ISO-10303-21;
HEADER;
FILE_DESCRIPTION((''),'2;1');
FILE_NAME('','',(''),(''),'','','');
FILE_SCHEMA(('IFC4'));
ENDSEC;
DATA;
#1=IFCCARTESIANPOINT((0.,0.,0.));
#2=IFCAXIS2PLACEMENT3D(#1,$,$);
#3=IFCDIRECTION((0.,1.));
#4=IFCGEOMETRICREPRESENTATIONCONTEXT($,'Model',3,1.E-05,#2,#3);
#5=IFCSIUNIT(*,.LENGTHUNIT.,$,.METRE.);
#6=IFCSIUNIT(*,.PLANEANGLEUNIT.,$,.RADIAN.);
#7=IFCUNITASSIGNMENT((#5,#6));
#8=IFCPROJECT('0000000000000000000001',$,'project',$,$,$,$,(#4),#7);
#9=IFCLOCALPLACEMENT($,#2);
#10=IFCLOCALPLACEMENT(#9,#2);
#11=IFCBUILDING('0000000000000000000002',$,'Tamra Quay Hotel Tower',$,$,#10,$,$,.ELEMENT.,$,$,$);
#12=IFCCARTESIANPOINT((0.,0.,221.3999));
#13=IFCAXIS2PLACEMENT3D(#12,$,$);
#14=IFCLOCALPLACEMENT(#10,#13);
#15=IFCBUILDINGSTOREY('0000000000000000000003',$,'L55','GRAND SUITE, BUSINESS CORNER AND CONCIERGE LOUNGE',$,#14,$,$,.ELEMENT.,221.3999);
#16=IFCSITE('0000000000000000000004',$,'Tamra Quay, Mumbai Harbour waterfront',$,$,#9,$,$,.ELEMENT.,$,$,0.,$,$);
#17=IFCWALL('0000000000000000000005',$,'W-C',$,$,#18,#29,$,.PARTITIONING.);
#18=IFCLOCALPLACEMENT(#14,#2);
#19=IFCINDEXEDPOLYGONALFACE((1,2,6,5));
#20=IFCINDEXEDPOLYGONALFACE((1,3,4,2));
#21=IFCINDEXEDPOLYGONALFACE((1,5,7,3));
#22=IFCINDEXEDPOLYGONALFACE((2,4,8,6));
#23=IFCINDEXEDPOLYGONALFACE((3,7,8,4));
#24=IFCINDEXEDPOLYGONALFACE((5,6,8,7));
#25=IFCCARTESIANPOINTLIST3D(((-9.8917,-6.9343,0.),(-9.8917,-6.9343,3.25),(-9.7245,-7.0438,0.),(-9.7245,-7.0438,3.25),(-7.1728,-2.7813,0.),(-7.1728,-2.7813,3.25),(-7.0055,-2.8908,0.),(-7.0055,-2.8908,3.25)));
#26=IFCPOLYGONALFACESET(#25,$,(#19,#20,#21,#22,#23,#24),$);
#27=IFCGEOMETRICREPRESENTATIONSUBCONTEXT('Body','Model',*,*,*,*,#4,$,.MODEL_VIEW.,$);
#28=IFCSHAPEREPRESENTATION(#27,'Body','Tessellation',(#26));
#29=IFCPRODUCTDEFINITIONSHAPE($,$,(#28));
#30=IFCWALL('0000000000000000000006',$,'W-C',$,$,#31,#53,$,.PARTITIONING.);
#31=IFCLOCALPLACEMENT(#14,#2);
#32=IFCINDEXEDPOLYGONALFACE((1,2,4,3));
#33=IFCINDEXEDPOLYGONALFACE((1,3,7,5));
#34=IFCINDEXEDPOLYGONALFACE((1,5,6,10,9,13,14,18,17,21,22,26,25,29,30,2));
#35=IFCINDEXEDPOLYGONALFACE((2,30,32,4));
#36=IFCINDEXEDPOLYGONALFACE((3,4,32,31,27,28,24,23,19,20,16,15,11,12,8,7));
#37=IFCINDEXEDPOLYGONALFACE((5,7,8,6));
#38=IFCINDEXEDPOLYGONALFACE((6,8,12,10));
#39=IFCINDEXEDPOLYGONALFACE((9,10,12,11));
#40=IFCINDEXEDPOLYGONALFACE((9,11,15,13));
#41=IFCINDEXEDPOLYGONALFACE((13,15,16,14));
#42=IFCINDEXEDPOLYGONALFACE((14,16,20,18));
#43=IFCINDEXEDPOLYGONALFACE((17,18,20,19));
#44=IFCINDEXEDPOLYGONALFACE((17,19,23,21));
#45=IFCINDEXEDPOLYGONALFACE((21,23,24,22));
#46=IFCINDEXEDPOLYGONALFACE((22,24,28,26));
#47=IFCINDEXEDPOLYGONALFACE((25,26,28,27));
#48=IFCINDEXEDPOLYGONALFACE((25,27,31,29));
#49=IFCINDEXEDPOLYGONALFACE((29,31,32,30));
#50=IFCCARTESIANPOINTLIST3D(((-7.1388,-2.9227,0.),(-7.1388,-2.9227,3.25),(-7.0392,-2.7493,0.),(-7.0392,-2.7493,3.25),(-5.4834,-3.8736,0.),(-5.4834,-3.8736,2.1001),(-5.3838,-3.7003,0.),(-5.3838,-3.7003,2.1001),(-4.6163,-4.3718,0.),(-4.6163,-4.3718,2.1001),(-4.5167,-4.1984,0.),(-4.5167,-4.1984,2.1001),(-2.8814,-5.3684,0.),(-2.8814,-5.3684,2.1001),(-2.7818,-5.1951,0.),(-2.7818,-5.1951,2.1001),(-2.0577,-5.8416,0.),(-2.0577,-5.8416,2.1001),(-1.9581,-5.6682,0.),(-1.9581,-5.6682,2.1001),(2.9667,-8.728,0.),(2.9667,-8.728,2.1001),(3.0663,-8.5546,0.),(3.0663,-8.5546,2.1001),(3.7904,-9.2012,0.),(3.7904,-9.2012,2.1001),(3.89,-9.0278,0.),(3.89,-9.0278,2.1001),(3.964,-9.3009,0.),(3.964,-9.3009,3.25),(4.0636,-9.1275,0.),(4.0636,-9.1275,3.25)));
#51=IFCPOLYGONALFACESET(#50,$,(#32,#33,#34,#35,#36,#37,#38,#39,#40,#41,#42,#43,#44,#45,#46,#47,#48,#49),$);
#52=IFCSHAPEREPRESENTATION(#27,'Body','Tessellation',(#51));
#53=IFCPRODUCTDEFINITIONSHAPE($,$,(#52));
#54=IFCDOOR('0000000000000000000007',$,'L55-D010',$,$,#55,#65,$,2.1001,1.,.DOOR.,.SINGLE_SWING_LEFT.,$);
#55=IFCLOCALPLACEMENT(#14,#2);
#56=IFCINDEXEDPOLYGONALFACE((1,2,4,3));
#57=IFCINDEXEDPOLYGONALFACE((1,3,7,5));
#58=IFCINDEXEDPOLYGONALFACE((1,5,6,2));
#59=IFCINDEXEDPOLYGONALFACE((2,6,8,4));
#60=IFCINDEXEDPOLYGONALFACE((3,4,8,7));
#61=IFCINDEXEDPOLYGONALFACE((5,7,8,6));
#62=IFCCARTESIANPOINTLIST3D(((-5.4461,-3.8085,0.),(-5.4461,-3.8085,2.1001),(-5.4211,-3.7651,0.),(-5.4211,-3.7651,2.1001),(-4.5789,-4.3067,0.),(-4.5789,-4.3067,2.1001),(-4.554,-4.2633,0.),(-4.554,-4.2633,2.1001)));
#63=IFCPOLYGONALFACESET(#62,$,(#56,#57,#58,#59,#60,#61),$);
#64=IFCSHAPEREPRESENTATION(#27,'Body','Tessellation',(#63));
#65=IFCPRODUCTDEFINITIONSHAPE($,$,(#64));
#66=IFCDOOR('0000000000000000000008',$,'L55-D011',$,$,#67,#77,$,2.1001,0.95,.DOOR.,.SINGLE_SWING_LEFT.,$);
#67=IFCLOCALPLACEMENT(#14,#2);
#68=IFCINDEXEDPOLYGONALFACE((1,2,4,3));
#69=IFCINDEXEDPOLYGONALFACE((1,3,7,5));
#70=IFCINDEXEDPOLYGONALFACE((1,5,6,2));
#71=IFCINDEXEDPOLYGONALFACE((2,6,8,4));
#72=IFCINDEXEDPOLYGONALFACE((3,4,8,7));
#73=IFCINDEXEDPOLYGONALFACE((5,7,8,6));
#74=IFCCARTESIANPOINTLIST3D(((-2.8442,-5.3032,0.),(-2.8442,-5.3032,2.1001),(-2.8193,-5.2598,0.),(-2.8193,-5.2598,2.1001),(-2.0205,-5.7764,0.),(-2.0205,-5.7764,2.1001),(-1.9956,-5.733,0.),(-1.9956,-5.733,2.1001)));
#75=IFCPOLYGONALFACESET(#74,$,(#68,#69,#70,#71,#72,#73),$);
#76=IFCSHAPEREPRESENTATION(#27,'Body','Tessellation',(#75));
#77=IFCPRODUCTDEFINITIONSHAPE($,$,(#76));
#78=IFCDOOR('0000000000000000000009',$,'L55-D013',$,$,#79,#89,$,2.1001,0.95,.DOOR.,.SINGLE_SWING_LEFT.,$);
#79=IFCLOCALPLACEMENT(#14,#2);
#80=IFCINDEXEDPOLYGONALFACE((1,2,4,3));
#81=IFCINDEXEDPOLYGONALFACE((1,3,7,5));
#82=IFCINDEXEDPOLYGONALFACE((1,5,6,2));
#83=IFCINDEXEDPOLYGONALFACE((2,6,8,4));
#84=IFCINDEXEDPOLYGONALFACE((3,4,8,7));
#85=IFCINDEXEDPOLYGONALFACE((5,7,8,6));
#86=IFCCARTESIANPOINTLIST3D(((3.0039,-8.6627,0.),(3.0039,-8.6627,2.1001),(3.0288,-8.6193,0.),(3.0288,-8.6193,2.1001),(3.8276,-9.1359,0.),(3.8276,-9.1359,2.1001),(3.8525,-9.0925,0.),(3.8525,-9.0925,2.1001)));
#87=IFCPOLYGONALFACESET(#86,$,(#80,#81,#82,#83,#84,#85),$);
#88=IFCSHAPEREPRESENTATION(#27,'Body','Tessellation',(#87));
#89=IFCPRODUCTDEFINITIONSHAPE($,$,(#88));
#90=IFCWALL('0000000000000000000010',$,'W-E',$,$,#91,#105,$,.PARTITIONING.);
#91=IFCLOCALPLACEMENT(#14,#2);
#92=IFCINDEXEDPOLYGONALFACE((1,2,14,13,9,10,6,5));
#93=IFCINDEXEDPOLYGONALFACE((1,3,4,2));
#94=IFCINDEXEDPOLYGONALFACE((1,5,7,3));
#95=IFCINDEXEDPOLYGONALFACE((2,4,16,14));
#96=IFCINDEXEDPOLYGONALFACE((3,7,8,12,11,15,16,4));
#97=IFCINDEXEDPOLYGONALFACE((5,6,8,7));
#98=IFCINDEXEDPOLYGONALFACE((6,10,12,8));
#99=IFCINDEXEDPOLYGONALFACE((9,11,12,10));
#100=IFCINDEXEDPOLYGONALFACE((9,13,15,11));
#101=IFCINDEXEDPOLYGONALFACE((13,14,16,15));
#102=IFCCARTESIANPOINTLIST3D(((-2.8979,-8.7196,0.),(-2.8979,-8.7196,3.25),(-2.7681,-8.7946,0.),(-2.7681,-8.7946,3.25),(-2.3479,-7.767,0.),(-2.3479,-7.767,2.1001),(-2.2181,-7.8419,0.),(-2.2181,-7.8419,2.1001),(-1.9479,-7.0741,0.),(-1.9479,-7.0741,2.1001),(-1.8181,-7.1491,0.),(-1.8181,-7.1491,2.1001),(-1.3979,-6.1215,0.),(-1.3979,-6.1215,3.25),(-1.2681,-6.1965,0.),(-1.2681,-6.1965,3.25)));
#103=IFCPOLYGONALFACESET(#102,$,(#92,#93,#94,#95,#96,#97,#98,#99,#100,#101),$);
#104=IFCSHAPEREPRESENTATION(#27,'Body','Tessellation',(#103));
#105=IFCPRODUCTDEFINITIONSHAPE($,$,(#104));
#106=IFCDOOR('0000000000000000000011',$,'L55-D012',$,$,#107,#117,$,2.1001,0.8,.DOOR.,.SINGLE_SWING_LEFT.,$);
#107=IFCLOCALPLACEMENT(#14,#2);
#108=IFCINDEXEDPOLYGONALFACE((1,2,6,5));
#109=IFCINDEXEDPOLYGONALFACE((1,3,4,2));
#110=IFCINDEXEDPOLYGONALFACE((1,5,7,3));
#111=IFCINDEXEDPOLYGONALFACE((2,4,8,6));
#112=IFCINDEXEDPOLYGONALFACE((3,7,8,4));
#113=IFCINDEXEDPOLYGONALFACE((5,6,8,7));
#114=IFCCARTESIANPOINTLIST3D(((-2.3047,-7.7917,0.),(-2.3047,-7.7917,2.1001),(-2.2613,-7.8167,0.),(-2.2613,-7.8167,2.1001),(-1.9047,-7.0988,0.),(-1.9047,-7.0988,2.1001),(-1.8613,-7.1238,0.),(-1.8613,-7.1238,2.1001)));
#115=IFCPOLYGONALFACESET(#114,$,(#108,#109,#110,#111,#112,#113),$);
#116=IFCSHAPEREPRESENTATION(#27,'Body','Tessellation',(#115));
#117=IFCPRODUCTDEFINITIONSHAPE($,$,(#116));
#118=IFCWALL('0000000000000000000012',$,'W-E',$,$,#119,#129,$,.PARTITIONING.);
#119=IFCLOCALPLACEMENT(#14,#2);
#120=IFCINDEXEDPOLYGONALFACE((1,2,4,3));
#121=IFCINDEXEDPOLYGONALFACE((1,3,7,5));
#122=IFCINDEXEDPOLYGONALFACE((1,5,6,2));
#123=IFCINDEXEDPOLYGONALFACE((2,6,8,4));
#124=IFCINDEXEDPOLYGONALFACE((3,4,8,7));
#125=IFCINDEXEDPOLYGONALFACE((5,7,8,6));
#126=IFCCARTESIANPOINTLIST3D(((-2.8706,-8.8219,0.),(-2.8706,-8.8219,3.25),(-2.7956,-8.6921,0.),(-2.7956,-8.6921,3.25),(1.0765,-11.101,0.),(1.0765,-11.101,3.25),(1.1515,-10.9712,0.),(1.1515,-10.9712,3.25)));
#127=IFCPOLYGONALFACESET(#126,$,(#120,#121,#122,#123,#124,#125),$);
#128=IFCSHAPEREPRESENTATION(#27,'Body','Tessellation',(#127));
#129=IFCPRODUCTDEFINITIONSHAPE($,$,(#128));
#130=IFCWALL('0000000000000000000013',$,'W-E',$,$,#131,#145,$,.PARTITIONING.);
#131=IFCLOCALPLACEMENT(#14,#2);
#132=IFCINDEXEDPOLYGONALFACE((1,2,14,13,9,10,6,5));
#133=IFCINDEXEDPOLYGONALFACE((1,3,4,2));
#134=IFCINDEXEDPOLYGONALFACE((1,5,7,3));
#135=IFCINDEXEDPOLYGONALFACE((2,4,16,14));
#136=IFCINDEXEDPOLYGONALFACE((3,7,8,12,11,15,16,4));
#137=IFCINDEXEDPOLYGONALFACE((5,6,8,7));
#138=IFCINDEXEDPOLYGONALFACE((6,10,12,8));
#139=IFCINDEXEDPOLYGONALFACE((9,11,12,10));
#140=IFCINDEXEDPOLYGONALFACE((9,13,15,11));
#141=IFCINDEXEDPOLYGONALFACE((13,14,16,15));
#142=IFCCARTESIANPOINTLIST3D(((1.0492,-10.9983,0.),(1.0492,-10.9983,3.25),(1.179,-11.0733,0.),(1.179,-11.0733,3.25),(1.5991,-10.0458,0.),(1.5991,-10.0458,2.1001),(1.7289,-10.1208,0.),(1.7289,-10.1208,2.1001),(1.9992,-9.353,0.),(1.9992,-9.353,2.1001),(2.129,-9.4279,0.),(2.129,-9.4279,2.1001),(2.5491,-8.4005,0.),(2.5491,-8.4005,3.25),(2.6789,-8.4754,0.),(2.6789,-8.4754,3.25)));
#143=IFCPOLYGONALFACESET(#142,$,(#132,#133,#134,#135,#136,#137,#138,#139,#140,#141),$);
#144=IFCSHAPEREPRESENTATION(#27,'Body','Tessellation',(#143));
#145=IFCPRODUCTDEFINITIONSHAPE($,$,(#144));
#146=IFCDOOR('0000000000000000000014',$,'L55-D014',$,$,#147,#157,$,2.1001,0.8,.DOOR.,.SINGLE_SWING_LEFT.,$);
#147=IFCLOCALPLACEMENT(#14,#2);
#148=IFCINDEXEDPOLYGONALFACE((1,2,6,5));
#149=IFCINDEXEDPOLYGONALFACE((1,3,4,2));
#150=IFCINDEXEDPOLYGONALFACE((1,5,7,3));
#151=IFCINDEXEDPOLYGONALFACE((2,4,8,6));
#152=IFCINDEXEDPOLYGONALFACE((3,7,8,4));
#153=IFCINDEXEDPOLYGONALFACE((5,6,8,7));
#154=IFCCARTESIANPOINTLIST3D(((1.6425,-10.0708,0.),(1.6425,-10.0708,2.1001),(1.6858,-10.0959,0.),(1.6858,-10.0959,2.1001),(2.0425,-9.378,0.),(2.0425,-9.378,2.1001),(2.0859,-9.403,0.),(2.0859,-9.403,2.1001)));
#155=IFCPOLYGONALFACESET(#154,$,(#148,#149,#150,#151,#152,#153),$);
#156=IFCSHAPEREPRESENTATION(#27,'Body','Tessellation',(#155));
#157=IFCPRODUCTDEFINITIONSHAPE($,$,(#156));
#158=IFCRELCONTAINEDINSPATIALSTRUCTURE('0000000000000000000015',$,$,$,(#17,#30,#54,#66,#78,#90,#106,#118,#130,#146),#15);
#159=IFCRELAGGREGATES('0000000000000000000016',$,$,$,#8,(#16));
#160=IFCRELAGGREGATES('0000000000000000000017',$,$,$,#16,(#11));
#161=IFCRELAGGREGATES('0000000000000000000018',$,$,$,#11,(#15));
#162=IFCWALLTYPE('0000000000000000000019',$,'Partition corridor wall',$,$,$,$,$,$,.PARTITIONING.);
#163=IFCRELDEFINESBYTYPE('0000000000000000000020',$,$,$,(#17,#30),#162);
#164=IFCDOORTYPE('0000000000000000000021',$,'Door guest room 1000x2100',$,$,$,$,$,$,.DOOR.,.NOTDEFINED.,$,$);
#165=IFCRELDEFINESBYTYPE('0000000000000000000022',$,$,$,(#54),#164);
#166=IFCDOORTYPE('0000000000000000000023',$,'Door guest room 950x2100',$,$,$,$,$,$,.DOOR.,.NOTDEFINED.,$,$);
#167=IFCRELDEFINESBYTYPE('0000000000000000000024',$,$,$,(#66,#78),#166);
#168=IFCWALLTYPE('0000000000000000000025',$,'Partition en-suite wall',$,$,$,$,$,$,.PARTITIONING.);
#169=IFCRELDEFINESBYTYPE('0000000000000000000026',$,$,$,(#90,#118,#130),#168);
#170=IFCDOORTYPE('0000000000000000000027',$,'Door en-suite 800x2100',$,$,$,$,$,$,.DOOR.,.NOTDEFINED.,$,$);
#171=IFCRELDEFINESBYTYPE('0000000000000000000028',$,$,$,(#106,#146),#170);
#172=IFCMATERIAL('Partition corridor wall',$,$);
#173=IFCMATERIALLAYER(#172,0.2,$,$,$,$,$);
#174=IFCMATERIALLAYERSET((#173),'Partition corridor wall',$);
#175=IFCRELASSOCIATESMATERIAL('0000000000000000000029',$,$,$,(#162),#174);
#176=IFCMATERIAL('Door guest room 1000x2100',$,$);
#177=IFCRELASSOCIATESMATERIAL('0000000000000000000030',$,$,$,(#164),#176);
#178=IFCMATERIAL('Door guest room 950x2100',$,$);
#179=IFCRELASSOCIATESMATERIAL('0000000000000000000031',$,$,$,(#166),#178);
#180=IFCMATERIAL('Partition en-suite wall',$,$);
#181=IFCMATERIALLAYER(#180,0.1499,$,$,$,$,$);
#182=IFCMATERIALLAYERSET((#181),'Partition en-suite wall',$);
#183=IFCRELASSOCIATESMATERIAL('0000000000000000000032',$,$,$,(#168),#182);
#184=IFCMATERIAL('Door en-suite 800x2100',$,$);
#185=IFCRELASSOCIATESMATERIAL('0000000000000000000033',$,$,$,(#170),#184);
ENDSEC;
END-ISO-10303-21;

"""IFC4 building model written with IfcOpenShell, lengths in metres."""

from ifc_helpers import new_model, si_unit, direction, frame, frame_2d, origin, place, context, subcontext, project, spatial, rectangle, extrude, material, layer, layer_set, type_object, element, fill, save


model = new_model("IFC4")

# Units and contexts
model_context = context("Model", 3, precision=1e-05, world=origin(), true_north=direction((0.0, 1.0)))
body_context = subcontext(model_context, "Body", "Model", "MODEL_VIEW")
ifc_project = project(units=[si_unit("LENGTHUNIT", "METRE"), si_unit("PLANEANGLEUNIT", "RADIAN")], contexts=[model_context])

# Site, building, storey
site_placement = place(None, origin())
site = spatial("IfcSite", under=ifc_project, at=site_placement, Name="Tamra Quay, Mumbai Harbour waterfront", CompositionType="ELEMENT", RefElevation=0.0)
building_placement = place(site_placement, origin())
building = spatial("IfcBuilding", under=site, at=building_placement, Name="Tamra Quay Hotel Tower", CompositionType="ELEMENT")
storey_placement = place(building_placement, frame((0.0, 0.0, 221.3999)))
storey = spatial("IfcBuildingStorey", under=building, at=storey_placement, Name="L55", Description="GRAND SUITE, BUSINESS CORNER AND CONCIERGE LOUNGE", CompositionType="ELEMENT", Elevation=221.3999)

# Wall
ifc_material_1 = material(Name="Partition corridor wall")
ifc_layer_1 = layer(ifc_material_1, 0.2)
ifc_layer_set_1 = layer_set([ifc_layer_1], Name="Partition corridor wall")
wall_type_1 = type_object("IfcWallType", Name="Partition corridor wall", PredefinedType="PARTITIONING", material=ifc_layer_set_1)
wall_1_placement = place(storey_placement, frame((-9.8081, -6.989, 0.0), z_axis=(0.0, 0.0, 1.0), x_axis=(0.547746, 0.836645, 0.0)))
element("IfcWall", 1, at=wall_1_placement, inside=storey, type_object=wall_type_1, Name="W-C", PredefinedType="PARTITIONING", context=body_context, shape_type="SweptSolid", body=[
    extrude(rectangle(XDim=4.9639, YDim=0.2, at=frame_2d((2.4819, 0.0))), origin(), (0.0, 0.0, 1.0), 3.25),
])

# Wall, openings, doors
wall_2_placement = place(storey_placement, frame((-7.0891, -2.8359, 0.0), z_axis=(0.0, 0.0, 1.0), x_axis=(0.867106, -0.498123, 0.0)))
wall_2 = element("IfcWall", 2, at=wall_2_placement, inside=storey, type_object=wall_type_1, Name="W-C", PredefinedType="PARTITIONING", context=body_context, shape_type="SweptSolid", body=[
    extrude(rectangle(XDim=12.8044, YDim=0.2, at=frame_2d((6.4023, 0.0))), origin(), (0.0, 0.0, 1.0), 3.25),
])
opening_1_placement = place(wall_2_placement, frame((1.9092, 0.0, 0.0)))
opening_1 = element("IfcOpeningElement", 3, at=opening_1_placement, cuts=wall_2, PredefinedType="OPENING", context=body_context, shape_type="SweptSolid", body=[
    extrude(rectangle(XDim=1.0, YDim=2.1001, at=frame_2d((0.5, 1.05))), frame((0.0, 0.1099, 0.0), z_axis=(0.0, -1.0, 0.0), x_axis=(1.0, 0.0, 0.0)), (0.0, 0.0, 1.0), 0.22),
])
opening_2_placement = place(wall_2_placement, frame((4.9099, 0.0, 0.0)))
opening_2 = element("IfcOpeningElement", 4, at=opening_2_placement, cuts=wall_2, PredefinedType="OPENING", context=body_context, shape_type="SweptSolid", body=[
    extrude(rectangle(XDim=0.95, YDim=2.1001, at=frame_2d((0.4751, 1.05))), frame((0.0, 0.1099, 0.0), z_axis=(0.0, -1.0, 0.0), x_axis=(1.0, 0.0, 0.0)), (0.0, 0.0, 1.0), 0.22),
])
opening_3_placement = place(wall_2_placement, frame((11.6543, 0.0, 0.0)))
opening_3 = element("IfcOpeningElement", 5, at=opening_3_placement, cuts=wall_2, PredefinedType="OPENING", context=body_context, shape_type="SweptSolid", body=[
    extrude(rectangle(XDim=0.95, YDim=2.1001, at=frame_2d((0.4751, 1.05))), frame((0.0, 0.1099, 0.0), z_axis=(0.0, -1.0, 0.0), x_axis=(1.0, 0.0, 0.0)), (0.0, 0.0, 1.0), 0.22),
])
ifc_material_2 = material(Name="Door guest room 1000x2100")
door_type_1 = type_object("IfcDoorType", Name="Door guest room 1000x2100", OperationType="NOTDEFINED", PredefinedType="DOOR", material=ifc_material_2)
door_1_placement = place(opening_1_placement, frame((1.0, 0.0, 0.0), z_axis=(0.0, 0.0, 1.0), x_axis=(-1.0, 0.0, 0.0)))
door_1 = element("IfcDoor", 6, at=door_1_placement, inside=storey, type_object=door_type_1, Name="L55-D010", OperationType="SINGLE_SWING_LEFT", OverallHeight=2.1001, OverallWidth=1.0, PredefinedType="DOOR", context=body_context, shape_type="SweptSolid", body=[
    extrude(rectangle(XDim=1.0, YDim=2.1001, at=frame_2d((0.5, 1.05))), frame((0.0, 0.0249, 0.0), z_axis=(0.0, -1.0, 0.0), x_axis=(1.0, 0.0, 0.0)), (0.0, 0.0, 1.0), 0.05),
])
fill(opening_1, door_1)
ifc_material_3 = material(Name="Door guest room 950x2100")
door_type_2 = type_object("IfcDoorType", Name="Door guest room 950x2100", OperationType="NOTDEFINED", PredefinedType="DOOR", material=ifc_material_3)
door_2_placement = place(opening_2_placement, frame((0.95, 0.0, 0.0), z_axis=(0.0, 0.0, 1.0), x_axis=(-1.0, 0.0, 0.0)))
door_2 = element("IfcDoor", 7, at=door_2_placement, inside=storey, type_object=door_type_2, Name="L55-D011", OperationType="SINGLE_SWING_LEFT", OverallHeight=2.1001, OverallWidth=0.95, PredefinedType="DOOR", context=body_context, shape_type="SweptSolid", body=[
    extrude(rectangle(XDim=0.95, YDim=2.1001, at=frame_2d((0.4751, 1.05))), frame((0.0, 0.0249, 0.0), z_axis=(0.0, -1.0, 0.0), x_axis=(1.0, 0.0, 0.0)), (0.0, 0.0, 1.0), 0.05),
])
fill(opening_2, door_2)
door_3_placement = place(opening_3_placement, frame((0.95, 0.0, 0.0), z_axis=(0.0, 0.0, 1.0), x_axis=(-1.0, 0.0, 0.0)))
door_3 = element("IfcDoor", 8, at=door_3_placement, inside=storey, type_object=door_type_2, Name="L55-D013", OperationType="SINGLE_SWING_LEFT", OverallHeight=2.1001, OverallWidth=0.95, PredefinedType="DOOR", context=body_context, shape_type="SweptSolid", body=[
    extrude(rectangle(XDim=0.95, YDim=2.1001, at=frame_2d((0.4751, 1.05))), frame((0.0, 0.0249, 0.0), z_axis=(0.0, -1.0, 0.0), x_axis=(1.0, 0.0, 0.0)), (0.0, 0.0, 1.0), 0.05),
])
fill(opening_3, door_3)

# Wall, opening, door
ifc_material_4 = material(Name="Partition en-suite wall")
ifc_layer_2 = layer(ifc_material_4, 0.1499)
ifc_layer_set_2 = layer_set([ifc_layer_2], Name="Partition en-suite wall")
wall_type_2 = type_object("IfcWallType", Name="Partition en-suite wall", PredefinedType="PARTITIONING", material=ifc_layer_set_2)
wall_3_placement = place(storey_placement, frame((-2.833, -8.7571, 0.0), z_axis=(0.0, 0.0, 1.0), x_axis=(0.49999, 0.866031, 0.0)))
wall_3 = element("IfcWall", 9, at=wall_3_placement, inside=storey, type_object=wall_type_2, Name="W-E", PredefinedType="PARTITIONING", context=body_context, shape_type="SweptSolid", body=[
    extrude(rectangle(XDim=3.0, YDim=0.1499, at=frame_2d((1.5, 0.0))), origin(), (0.0, 0.0, 1.0), 3.25),
])
opening_4_placement = place(wall_3_placement, frame((1.1001, 0.0, 0.0)))
opening_4 = element("IfcOpeningElement", 10, at=opening_4_placement, cuts=wall_3, PredefinedType="OPENING", context=body_context, shape_type="SweptSolid", body=[
    extrude(rectangle(XDim=0.8, YDim=2.1001, at=frame_2d((0.3999, 1.05))), frame((0.0, 0.085, 0.0), z_axis=(0.0, -1.0, 0.0), x_axis=(1.0, 0.0, 0.0)), (0.0, 0.0, 1.0), 0.1699),
])
ifc_material_5 = material(Name="Door en-suite 800x2100")
door_type_3 = type_object("IfcDoorType", Name="Door en-suite 800x2100", OperationType="NOTDEFINED", PredefinedType="DOOR", material=ifc_material_5)
door_4_placement = place(opening_4_placement, frame((0.8, 0.0, 0.0), z_axis=(0.0, 0.0, 1.0), x_axis=(-1.0, 0.0, 0.0)))
door_4 = element("IfcDoor", 11, at=door_4_placement, inside=storey, type_object=door_type_3, Name="L55-D012", OperationType="SINGLE_SWING_LEFT", OverallHeight=2.1001, OverallWidth=0.8, PredefinedType="DOOR", context=body_context, shape_type="SweptSolid", body=[
    extrude(rectangle(XDim=0.8, YDim=2.1001, at=frame_2d((0.3999, 1.05))), frame((0.0, 0.0249, 0.0), z_axis=(0.0, -1.0, 0.0), x_axis=(1.0, 0.0, 0.0)), (0.0, 0.0, 1.0), 0.05),
])
fill(opening_4, door_4)

# Wall
wall_4_placement = place(storey_placement, frame((-2.833, -8.7571, 0.0), z_axis=(0.0, 0.0, 1.0), x_axis=(0.866003, -0.500039, 0.0)))
element("IfcWall", 12, at=wall_4_placement, inside=storey, type_object=wall_type_2, Name="W-E", PredefinedType="PARTITIONING", context=body_context, shape_type="SweptSolid", body=[
    extrude(rectangle(XDim=4.5579, YDim=0.1499, at=frame_2d((2.2788, 0.0))), origin(), (0.0, 0.0, 1.0), 3.25),
])

# Wall, opening, door
wall_5_placement = place(storey_placement, frame((1.114, -11.0359, 0.0), z_axis=(0.0, 0.0, 1.0), x_axis=(0.500025, 0.866011, 0.0)))
wall_5 = element("IfcWall", 13, at=wall_5_placement, inside=storey, type_object=wall_type_2, Name="W-E", PredefinedType="PARTITIONING", context=body_context, shape_type="SweptSolid", body=[
    extrude(rectangle(XDim=2.9998, YDim=0.1499, at=frame_2d((1.5, 0.0))), origin(), (0.0, 0.0, 1.0), 3.25),
])
opening_5_placement = place(wall_5_placement, frame((1.1001, 0.0, 0.0)))
opening_5 = element("IfcOpeningElement", 14, at=opening_5_placement, cuts=wall_5, PredefinedType="OPENING", context=body_context, shape_type="SweptSolid", body=[
    extrude(rectangle(XDim=0.8, YDim=2.1001, at=frame_2d((0.3999, 1.05))), frame((0.0, 0.085, 0.0), z_axis=(0.0, -1.0, 0.0), x_axis=(1.0, 0.0, 0.0)), (0.0, 0.0, 1.0), 0.1699),
])
door_5_placement = place(opening_5_placement, origin())
door_5 = element("IfcDoor", 15, at=door_5_placement, inside=storey, type_object=door_type_3, Name="L55-D014", OperationType="SINGLE_SWING_LEFT", OverallHeight=2.1001, OverallWidth=0.8, PredefinedType="DOOR", context=body_context, shape_type="SweptSolid", body=[
    extrude(rectangle(XDim=0.8, YDim=2.1001, at=frame_2d((0.3999, 1.05))), frame((0.0, 0.0249, 0.0), z_axis=(0.0, -1.0, 0.0), x_axis=(1.0, 0.0, 0.0)), (0.0, 0.0, 1.0), 0.05),
])
fill(opening_5, door_5)

save(model, "model.ifc")
